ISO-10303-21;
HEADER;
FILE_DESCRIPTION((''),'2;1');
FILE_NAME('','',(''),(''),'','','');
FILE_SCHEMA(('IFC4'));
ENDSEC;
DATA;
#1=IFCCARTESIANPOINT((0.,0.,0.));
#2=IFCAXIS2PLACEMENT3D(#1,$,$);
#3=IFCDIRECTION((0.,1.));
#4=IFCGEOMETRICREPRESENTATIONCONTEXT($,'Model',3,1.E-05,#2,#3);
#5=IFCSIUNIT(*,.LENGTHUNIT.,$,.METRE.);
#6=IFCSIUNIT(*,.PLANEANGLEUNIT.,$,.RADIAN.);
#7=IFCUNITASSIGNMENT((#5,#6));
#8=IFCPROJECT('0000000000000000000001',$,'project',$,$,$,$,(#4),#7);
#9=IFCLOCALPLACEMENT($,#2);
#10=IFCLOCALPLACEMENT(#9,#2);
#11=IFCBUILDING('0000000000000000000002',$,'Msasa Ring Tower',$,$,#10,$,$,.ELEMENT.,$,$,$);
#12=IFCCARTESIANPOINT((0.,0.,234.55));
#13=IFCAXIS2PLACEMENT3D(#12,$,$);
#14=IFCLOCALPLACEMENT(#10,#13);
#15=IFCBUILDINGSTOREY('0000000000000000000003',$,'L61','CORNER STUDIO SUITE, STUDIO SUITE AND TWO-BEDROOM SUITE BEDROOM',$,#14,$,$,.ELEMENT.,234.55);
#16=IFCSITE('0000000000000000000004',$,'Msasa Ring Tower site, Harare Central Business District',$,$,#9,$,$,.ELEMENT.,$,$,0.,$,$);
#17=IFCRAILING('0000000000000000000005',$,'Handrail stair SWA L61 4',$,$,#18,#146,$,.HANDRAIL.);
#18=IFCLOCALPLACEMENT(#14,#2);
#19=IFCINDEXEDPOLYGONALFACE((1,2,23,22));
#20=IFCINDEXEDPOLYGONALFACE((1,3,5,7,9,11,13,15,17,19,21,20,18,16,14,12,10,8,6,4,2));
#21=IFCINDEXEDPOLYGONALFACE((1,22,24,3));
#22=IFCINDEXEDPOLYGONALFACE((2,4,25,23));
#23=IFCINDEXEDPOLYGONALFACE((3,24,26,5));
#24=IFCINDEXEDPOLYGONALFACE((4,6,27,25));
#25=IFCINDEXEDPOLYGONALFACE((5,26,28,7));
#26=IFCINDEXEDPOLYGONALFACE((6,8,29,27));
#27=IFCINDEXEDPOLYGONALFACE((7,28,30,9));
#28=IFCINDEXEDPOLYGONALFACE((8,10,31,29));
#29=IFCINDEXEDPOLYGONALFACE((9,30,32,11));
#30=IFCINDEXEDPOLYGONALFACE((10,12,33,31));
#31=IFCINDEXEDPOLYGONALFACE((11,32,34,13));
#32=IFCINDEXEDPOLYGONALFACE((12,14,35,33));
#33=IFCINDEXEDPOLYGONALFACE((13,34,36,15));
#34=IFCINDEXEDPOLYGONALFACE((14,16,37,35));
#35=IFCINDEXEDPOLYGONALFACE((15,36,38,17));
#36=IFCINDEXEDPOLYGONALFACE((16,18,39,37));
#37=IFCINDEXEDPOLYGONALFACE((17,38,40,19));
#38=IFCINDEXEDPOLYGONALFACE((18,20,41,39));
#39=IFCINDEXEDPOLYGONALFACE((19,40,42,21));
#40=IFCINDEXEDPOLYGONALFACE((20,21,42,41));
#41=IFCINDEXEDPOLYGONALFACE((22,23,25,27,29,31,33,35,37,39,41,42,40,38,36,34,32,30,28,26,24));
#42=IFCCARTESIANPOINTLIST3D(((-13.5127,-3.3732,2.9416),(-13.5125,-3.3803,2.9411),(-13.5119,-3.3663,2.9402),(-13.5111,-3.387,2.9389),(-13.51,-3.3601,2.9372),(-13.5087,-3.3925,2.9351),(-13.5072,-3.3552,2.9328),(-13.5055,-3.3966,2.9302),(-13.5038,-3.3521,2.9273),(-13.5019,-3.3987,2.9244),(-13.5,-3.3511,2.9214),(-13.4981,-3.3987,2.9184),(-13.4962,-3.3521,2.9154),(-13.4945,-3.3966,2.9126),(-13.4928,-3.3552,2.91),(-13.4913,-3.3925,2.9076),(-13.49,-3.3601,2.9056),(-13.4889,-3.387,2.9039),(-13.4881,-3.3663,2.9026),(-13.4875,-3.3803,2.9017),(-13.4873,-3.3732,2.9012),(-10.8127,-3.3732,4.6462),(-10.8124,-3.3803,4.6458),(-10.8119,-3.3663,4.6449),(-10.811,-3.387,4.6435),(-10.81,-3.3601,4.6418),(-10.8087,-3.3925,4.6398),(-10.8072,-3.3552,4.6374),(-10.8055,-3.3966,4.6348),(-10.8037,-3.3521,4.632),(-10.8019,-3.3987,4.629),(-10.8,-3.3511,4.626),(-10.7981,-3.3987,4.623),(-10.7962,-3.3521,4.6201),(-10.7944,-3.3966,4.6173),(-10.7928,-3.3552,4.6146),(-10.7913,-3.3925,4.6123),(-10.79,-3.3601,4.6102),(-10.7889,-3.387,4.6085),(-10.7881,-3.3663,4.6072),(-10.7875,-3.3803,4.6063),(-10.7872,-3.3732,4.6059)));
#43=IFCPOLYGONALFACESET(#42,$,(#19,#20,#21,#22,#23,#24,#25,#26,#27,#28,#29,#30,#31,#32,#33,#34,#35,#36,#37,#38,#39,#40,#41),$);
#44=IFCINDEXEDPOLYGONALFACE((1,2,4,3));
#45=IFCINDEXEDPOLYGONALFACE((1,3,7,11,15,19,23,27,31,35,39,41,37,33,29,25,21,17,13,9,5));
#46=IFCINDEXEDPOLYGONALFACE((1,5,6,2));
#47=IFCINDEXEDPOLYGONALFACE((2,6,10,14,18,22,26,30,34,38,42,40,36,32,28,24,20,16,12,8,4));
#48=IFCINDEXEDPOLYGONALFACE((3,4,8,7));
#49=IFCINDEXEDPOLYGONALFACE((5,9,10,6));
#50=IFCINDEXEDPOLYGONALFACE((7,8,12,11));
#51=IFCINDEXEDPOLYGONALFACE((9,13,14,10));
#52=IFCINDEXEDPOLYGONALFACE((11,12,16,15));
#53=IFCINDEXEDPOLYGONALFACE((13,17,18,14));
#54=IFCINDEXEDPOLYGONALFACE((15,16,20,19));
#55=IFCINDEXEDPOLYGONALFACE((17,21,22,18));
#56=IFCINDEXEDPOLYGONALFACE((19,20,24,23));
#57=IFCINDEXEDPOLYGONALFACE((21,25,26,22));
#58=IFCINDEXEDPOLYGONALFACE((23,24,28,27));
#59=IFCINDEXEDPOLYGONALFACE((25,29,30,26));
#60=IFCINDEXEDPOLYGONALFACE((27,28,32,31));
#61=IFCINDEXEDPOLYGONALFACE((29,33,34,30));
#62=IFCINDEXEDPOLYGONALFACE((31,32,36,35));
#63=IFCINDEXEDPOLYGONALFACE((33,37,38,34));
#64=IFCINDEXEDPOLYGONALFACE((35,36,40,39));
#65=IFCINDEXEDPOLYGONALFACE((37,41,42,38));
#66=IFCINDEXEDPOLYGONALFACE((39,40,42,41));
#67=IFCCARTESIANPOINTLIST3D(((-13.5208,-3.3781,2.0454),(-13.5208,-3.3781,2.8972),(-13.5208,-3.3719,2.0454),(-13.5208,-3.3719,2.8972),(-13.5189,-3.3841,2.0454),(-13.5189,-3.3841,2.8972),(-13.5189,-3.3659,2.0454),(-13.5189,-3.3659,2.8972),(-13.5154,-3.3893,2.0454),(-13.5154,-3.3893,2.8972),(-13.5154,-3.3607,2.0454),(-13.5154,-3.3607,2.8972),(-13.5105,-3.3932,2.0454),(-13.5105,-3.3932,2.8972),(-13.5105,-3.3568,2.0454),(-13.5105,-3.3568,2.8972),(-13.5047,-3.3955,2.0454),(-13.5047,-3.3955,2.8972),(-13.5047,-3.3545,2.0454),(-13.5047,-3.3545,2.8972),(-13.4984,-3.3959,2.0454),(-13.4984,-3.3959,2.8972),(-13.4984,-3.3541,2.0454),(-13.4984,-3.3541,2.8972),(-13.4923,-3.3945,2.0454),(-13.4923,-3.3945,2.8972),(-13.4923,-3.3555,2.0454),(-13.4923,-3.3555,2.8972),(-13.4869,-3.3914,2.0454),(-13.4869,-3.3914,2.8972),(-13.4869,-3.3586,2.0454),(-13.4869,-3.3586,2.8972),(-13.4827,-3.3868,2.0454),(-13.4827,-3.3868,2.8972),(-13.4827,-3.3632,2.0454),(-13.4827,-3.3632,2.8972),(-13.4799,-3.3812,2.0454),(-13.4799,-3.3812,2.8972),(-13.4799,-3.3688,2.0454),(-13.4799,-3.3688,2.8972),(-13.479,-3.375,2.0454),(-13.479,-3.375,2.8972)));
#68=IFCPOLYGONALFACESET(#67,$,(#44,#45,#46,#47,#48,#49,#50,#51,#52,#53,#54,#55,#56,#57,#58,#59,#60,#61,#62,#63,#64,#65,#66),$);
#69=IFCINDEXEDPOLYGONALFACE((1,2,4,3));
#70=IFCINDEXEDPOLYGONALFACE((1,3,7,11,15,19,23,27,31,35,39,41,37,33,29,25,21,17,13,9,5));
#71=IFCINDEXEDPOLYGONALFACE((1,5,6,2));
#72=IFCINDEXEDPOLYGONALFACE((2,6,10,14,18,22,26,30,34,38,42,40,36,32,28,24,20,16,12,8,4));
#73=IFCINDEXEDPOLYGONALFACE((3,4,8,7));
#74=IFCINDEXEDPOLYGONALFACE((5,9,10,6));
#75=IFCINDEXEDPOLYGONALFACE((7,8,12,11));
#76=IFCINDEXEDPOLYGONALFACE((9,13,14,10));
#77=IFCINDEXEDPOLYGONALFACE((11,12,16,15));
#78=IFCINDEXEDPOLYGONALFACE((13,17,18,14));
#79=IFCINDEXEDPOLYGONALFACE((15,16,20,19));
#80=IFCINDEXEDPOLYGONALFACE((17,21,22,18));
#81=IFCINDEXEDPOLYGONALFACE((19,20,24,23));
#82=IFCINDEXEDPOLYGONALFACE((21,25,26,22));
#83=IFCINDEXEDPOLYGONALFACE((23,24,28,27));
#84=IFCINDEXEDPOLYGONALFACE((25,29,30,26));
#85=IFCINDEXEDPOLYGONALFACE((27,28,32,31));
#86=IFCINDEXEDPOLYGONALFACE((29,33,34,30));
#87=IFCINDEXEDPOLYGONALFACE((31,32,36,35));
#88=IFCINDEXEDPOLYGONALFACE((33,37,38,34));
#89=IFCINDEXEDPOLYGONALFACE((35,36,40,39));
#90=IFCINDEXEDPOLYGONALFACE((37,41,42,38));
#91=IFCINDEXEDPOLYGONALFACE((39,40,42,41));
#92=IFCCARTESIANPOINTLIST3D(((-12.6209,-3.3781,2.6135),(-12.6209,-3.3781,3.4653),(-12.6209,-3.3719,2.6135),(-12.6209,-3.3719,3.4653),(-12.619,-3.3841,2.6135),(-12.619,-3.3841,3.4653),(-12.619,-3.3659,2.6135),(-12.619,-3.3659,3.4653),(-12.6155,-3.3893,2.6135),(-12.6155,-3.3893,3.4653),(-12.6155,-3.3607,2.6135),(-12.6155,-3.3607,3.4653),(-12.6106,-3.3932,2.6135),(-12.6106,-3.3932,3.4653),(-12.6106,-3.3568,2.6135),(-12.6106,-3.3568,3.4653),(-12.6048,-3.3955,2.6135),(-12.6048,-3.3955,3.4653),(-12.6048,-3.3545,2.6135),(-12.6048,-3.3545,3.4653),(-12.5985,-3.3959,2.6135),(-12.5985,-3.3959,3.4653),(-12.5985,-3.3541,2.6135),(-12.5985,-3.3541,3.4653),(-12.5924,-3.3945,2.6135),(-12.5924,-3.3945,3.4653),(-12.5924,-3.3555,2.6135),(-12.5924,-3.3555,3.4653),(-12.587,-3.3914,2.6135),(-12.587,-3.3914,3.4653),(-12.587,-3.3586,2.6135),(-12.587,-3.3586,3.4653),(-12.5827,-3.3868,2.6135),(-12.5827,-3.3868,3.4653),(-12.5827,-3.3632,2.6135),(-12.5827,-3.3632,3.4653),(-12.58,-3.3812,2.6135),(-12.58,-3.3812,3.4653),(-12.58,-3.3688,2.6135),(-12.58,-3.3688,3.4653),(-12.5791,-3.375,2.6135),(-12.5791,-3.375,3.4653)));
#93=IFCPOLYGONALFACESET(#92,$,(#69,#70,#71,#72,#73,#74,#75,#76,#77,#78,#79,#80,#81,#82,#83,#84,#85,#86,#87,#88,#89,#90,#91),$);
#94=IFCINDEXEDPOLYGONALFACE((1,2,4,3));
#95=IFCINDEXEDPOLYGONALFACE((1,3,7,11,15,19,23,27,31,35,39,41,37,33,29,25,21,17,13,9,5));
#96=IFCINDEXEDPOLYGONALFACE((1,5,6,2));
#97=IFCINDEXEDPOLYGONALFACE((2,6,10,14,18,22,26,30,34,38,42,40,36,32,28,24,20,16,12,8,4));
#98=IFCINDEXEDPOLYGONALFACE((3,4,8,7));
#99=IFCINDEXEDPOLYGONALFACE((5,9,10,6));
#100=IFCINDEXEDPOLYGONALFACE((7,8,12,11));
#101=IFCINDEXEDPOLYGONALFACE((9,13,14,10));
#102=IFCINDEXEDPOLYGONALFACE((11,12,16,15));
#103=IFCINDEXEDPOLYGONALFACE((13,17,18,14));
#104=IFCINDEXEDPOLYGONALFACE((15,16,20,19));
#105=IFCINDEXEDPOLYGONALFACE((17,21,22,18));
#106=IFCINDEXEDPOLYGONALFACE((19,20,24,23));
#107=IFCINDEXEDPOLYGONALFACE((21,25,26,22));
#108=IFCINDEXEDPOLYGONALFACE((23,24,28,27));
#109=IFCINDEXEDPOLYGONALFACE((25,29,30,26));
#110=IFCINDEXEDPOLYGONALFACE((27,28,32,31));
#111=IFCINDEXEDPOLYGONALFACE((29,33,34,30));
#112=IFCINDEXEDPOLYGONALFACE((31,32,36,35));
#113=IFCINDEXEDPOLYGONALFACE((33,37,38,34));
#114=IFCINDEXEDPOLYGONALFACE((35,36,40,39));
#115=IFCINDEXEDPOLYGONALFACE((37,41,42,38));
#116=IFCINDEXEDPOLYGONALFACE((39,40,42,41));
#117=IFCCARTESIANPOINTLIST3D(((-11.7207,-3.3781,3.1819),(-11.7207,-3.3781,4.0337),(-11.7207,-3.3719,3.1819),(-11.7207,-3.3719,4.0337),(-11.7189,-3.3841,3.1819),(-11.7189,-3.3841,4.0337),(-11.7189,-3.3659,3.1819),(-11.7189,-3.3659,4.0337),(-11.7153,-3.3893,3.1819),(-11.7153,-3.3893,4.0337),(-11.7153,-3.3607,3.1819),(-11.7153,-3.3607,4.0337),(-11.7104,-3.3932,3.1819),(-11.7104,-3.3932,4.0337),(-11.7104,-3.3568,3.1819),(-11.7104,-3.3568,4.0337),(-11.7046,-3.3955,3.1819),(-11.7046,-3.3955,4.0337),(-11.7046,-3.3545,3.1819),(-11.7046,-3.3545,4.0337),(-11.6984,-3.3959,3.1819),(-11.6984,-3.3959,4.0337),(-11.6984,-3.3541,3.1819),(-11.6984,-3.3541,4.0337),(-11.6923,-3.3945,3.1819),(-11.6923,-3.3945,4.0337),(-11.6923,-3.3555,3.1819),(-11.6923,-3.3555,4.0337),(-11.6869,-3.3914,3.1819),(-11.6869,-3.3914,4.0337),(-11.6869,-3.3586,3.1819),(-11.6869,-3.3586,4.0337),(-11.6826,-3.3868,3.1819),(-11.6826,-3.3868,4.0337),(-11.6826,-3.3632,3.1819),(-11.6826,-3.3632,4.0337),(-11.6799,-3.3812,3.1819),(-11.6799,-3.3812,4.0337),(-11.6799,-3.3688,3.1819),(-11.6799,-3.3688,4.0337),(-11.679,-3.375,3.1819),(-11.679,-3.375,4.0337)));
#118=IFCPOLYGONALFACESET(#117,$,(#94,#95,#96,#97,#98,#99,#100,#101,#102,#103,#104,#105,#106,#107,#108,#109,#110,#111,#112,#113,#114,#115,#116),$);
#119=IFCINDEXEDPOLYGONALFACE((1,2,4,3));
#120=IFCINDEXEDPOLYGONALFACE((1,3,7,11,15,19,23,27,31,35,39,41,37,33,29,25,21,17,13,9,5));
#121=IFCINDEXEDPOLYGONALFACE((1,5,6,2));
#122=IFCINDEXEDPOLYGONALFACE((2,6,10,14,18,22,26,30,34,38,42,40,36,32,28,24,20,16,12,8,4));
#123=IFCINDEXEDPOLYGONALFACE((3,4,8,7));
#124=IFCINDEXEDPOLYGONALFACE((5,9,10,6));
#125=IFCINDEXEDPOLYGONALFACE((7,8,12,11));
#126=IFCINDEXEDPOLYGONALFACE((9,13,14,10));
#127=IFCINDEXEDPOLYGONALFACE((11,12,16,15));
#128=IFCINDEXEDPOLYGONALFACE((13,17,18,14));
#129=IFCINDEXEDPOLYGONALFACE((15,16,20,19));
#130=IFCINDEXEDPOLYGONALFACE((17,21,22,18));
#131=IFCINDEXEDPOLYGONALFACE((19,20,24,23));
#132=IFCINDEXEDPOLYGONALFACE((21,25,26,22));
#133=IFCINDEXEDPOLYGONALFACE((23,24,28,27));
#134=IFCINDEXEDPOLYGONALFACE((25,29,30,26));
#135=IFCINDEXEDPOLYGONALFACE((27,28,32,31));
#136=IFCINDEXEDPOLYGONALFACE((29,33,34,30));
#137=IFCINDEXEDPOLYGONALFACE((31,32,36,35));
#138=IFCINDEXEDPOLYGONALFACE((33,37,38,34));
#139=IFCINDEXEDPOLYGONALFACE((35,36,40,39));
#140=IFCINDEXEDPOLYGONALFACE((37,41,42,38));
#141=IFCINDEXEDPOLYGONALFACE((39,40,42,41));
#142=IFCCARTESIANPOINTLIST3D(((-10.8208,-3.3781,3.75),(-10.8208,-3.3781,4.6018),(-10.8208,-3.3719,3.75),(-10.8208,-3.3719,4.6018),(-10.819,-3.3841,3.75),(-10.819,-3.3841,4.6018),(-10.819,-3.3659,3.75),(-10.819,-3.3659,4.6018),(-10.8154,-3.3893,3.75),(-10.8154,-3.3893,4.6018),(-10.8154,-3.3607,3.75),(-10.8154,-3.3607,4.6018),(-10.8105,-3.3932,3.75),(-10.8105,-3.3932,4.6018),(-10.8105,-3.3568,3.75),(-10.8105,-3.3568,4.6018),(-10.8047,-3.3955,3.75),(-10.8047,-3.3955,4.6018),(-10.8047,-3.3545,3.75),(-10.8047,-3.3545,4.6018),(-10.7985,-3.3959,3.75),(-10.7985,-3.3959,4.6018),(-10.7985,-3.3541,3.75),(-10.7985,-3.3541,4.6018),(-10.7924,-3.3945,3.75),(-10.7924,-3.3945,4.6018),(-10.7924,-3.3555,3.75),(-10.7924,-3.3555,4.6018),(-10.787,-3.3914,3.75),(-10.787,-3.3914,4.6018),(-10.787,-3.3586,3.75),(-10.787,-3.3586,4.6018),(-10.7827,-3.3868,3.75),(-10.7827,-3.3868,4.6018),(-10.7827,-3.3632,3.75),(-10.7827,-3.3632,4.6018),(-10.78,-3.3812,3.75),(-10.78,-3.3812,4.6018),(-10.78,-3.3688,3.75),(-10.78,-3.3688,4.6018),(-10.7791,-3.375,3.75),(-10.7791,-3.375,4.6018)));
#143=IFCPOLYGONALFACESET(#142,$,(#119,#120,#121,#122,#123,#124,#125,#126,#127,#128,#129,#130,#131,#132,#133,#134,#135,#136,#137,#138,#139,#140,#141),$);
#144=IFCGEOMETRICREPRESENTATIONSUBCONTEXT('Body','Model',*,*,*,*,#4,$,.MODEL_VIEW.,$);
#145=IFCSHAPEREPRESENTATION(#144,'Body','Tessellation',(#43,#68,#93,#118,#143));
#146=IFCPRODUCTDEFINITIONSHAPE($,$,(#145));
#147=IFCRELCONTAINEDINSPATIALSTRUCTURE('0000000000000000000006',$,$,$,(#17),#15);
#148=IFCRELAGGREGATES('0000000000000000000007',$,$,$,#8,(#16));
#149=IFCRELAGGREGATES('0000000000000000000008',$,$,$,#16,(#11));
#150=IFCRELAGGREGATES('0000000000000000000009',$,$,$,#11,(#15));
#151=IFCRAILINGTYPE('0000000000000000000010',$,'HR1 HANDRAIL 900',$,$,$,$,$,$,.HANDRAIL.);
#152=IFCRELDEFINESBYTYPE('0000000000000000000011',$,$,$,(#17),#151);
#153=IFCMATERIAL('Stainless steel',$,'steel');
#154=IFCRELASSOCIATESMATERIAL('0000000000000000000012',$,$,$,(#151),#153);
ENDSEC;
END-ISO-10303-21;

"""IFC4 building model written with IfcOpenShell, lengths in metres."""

from ifc_helpers import new_model, si_unit, direction, frame, origin, origin_2d, place, context, subcontext, project, spatial, circle, extrude, material, type_object, element, save


model = new_model("IFC4")

# Units and contexts
model_context = context("Model", 3, precision=1e-05, world=origin(), true_north=direction((0.0, 1.0)))
body_context = subcontext(model_context, "Body", "Model", "MODEL_VIEW")
ifc_project = project(units=[si_unit("LENGTHUNIT", "METRE"), si_unit("PLANEANGLEUNIT", "RADIAN")], contexts=[model_context])

# Site, building, storey
site_placement = place(None, origin())
site = spatial("IfcSite", under=ifc_project, at=site_placement, Name="Msasa Ring Tower site, Harare Central Business District", CompositionType="ELEMENT", RefElevation=0.0)
building_placement = place(site_placement, origin())
building = spatial("IfcBuilding", under=site, at=building_placement, Name="Msasa Ring Tower", CompositionType="ELEMENT")
storey_placement = place(building_placement, frame((0.0, 0.0, 234.55)))
storey = spatial("IfcBuildingStorey", under=building, at=storey_placement, Name="L61", Description="CORNER STUDIO SUITE, STUDIO SUITE AND TWO-BEDROOM SUITE BEDROOM", CompositionType="ELEMENT", Elevation=234.55)

# Railing
ifc_material_1 = material(Name="Stainless steel", Category="steel")
railing_type = type_object("IfcRailingType", Name="HR1 HANDRAIL 900", PredefinedType="HANDRAIL", material=ifc_material_1)
for number, where, name in (
    (1, (-13.5, -3.375, 2.0454), "Handrail stair SWA L61 4"),
):
    element("IfcRailing", number, at=place(storey_placement, frame(where)), inside=storey, type_object=railing_type, Name=name, PredefinedType="HANDRAIL", context=body_context, shape_type="SweptSolid", body=[
        extrude(circle(Radius=0.0239, at=origin_2d()), frame((0.0, 0.0, 0.876), z_axis=(0.84558, 0.0, 0.533849), x_axis=(0.0, 1.0, 0.0)), (0.0, 0.0, 1.0), 3.1931),
        extrude(circle(Radius=0.021, at=origin_2d()), origin(), (0.0, 0.0, 1.0), 0.8518),
        extrude(circle(Radius=0.021, at=origin_2d()), frame((0.8999, 0.0, 0.5681)), (0.0, 0.0, 1.0), 0.8518),
        extrude(circle(Radius=0.021, at=origin_2d()), frame((1.8, 0.0, 1.1365)), (0.0, 0.0, 1.0), 0.8518),
        extrude(circle(Radius=0.021, at=origin_2d()), frame((2.7, 0.0, 1.7046)), (0.0, 0.0, 1.0), 0.8518),
    ])

save(model, "model.ifc")
